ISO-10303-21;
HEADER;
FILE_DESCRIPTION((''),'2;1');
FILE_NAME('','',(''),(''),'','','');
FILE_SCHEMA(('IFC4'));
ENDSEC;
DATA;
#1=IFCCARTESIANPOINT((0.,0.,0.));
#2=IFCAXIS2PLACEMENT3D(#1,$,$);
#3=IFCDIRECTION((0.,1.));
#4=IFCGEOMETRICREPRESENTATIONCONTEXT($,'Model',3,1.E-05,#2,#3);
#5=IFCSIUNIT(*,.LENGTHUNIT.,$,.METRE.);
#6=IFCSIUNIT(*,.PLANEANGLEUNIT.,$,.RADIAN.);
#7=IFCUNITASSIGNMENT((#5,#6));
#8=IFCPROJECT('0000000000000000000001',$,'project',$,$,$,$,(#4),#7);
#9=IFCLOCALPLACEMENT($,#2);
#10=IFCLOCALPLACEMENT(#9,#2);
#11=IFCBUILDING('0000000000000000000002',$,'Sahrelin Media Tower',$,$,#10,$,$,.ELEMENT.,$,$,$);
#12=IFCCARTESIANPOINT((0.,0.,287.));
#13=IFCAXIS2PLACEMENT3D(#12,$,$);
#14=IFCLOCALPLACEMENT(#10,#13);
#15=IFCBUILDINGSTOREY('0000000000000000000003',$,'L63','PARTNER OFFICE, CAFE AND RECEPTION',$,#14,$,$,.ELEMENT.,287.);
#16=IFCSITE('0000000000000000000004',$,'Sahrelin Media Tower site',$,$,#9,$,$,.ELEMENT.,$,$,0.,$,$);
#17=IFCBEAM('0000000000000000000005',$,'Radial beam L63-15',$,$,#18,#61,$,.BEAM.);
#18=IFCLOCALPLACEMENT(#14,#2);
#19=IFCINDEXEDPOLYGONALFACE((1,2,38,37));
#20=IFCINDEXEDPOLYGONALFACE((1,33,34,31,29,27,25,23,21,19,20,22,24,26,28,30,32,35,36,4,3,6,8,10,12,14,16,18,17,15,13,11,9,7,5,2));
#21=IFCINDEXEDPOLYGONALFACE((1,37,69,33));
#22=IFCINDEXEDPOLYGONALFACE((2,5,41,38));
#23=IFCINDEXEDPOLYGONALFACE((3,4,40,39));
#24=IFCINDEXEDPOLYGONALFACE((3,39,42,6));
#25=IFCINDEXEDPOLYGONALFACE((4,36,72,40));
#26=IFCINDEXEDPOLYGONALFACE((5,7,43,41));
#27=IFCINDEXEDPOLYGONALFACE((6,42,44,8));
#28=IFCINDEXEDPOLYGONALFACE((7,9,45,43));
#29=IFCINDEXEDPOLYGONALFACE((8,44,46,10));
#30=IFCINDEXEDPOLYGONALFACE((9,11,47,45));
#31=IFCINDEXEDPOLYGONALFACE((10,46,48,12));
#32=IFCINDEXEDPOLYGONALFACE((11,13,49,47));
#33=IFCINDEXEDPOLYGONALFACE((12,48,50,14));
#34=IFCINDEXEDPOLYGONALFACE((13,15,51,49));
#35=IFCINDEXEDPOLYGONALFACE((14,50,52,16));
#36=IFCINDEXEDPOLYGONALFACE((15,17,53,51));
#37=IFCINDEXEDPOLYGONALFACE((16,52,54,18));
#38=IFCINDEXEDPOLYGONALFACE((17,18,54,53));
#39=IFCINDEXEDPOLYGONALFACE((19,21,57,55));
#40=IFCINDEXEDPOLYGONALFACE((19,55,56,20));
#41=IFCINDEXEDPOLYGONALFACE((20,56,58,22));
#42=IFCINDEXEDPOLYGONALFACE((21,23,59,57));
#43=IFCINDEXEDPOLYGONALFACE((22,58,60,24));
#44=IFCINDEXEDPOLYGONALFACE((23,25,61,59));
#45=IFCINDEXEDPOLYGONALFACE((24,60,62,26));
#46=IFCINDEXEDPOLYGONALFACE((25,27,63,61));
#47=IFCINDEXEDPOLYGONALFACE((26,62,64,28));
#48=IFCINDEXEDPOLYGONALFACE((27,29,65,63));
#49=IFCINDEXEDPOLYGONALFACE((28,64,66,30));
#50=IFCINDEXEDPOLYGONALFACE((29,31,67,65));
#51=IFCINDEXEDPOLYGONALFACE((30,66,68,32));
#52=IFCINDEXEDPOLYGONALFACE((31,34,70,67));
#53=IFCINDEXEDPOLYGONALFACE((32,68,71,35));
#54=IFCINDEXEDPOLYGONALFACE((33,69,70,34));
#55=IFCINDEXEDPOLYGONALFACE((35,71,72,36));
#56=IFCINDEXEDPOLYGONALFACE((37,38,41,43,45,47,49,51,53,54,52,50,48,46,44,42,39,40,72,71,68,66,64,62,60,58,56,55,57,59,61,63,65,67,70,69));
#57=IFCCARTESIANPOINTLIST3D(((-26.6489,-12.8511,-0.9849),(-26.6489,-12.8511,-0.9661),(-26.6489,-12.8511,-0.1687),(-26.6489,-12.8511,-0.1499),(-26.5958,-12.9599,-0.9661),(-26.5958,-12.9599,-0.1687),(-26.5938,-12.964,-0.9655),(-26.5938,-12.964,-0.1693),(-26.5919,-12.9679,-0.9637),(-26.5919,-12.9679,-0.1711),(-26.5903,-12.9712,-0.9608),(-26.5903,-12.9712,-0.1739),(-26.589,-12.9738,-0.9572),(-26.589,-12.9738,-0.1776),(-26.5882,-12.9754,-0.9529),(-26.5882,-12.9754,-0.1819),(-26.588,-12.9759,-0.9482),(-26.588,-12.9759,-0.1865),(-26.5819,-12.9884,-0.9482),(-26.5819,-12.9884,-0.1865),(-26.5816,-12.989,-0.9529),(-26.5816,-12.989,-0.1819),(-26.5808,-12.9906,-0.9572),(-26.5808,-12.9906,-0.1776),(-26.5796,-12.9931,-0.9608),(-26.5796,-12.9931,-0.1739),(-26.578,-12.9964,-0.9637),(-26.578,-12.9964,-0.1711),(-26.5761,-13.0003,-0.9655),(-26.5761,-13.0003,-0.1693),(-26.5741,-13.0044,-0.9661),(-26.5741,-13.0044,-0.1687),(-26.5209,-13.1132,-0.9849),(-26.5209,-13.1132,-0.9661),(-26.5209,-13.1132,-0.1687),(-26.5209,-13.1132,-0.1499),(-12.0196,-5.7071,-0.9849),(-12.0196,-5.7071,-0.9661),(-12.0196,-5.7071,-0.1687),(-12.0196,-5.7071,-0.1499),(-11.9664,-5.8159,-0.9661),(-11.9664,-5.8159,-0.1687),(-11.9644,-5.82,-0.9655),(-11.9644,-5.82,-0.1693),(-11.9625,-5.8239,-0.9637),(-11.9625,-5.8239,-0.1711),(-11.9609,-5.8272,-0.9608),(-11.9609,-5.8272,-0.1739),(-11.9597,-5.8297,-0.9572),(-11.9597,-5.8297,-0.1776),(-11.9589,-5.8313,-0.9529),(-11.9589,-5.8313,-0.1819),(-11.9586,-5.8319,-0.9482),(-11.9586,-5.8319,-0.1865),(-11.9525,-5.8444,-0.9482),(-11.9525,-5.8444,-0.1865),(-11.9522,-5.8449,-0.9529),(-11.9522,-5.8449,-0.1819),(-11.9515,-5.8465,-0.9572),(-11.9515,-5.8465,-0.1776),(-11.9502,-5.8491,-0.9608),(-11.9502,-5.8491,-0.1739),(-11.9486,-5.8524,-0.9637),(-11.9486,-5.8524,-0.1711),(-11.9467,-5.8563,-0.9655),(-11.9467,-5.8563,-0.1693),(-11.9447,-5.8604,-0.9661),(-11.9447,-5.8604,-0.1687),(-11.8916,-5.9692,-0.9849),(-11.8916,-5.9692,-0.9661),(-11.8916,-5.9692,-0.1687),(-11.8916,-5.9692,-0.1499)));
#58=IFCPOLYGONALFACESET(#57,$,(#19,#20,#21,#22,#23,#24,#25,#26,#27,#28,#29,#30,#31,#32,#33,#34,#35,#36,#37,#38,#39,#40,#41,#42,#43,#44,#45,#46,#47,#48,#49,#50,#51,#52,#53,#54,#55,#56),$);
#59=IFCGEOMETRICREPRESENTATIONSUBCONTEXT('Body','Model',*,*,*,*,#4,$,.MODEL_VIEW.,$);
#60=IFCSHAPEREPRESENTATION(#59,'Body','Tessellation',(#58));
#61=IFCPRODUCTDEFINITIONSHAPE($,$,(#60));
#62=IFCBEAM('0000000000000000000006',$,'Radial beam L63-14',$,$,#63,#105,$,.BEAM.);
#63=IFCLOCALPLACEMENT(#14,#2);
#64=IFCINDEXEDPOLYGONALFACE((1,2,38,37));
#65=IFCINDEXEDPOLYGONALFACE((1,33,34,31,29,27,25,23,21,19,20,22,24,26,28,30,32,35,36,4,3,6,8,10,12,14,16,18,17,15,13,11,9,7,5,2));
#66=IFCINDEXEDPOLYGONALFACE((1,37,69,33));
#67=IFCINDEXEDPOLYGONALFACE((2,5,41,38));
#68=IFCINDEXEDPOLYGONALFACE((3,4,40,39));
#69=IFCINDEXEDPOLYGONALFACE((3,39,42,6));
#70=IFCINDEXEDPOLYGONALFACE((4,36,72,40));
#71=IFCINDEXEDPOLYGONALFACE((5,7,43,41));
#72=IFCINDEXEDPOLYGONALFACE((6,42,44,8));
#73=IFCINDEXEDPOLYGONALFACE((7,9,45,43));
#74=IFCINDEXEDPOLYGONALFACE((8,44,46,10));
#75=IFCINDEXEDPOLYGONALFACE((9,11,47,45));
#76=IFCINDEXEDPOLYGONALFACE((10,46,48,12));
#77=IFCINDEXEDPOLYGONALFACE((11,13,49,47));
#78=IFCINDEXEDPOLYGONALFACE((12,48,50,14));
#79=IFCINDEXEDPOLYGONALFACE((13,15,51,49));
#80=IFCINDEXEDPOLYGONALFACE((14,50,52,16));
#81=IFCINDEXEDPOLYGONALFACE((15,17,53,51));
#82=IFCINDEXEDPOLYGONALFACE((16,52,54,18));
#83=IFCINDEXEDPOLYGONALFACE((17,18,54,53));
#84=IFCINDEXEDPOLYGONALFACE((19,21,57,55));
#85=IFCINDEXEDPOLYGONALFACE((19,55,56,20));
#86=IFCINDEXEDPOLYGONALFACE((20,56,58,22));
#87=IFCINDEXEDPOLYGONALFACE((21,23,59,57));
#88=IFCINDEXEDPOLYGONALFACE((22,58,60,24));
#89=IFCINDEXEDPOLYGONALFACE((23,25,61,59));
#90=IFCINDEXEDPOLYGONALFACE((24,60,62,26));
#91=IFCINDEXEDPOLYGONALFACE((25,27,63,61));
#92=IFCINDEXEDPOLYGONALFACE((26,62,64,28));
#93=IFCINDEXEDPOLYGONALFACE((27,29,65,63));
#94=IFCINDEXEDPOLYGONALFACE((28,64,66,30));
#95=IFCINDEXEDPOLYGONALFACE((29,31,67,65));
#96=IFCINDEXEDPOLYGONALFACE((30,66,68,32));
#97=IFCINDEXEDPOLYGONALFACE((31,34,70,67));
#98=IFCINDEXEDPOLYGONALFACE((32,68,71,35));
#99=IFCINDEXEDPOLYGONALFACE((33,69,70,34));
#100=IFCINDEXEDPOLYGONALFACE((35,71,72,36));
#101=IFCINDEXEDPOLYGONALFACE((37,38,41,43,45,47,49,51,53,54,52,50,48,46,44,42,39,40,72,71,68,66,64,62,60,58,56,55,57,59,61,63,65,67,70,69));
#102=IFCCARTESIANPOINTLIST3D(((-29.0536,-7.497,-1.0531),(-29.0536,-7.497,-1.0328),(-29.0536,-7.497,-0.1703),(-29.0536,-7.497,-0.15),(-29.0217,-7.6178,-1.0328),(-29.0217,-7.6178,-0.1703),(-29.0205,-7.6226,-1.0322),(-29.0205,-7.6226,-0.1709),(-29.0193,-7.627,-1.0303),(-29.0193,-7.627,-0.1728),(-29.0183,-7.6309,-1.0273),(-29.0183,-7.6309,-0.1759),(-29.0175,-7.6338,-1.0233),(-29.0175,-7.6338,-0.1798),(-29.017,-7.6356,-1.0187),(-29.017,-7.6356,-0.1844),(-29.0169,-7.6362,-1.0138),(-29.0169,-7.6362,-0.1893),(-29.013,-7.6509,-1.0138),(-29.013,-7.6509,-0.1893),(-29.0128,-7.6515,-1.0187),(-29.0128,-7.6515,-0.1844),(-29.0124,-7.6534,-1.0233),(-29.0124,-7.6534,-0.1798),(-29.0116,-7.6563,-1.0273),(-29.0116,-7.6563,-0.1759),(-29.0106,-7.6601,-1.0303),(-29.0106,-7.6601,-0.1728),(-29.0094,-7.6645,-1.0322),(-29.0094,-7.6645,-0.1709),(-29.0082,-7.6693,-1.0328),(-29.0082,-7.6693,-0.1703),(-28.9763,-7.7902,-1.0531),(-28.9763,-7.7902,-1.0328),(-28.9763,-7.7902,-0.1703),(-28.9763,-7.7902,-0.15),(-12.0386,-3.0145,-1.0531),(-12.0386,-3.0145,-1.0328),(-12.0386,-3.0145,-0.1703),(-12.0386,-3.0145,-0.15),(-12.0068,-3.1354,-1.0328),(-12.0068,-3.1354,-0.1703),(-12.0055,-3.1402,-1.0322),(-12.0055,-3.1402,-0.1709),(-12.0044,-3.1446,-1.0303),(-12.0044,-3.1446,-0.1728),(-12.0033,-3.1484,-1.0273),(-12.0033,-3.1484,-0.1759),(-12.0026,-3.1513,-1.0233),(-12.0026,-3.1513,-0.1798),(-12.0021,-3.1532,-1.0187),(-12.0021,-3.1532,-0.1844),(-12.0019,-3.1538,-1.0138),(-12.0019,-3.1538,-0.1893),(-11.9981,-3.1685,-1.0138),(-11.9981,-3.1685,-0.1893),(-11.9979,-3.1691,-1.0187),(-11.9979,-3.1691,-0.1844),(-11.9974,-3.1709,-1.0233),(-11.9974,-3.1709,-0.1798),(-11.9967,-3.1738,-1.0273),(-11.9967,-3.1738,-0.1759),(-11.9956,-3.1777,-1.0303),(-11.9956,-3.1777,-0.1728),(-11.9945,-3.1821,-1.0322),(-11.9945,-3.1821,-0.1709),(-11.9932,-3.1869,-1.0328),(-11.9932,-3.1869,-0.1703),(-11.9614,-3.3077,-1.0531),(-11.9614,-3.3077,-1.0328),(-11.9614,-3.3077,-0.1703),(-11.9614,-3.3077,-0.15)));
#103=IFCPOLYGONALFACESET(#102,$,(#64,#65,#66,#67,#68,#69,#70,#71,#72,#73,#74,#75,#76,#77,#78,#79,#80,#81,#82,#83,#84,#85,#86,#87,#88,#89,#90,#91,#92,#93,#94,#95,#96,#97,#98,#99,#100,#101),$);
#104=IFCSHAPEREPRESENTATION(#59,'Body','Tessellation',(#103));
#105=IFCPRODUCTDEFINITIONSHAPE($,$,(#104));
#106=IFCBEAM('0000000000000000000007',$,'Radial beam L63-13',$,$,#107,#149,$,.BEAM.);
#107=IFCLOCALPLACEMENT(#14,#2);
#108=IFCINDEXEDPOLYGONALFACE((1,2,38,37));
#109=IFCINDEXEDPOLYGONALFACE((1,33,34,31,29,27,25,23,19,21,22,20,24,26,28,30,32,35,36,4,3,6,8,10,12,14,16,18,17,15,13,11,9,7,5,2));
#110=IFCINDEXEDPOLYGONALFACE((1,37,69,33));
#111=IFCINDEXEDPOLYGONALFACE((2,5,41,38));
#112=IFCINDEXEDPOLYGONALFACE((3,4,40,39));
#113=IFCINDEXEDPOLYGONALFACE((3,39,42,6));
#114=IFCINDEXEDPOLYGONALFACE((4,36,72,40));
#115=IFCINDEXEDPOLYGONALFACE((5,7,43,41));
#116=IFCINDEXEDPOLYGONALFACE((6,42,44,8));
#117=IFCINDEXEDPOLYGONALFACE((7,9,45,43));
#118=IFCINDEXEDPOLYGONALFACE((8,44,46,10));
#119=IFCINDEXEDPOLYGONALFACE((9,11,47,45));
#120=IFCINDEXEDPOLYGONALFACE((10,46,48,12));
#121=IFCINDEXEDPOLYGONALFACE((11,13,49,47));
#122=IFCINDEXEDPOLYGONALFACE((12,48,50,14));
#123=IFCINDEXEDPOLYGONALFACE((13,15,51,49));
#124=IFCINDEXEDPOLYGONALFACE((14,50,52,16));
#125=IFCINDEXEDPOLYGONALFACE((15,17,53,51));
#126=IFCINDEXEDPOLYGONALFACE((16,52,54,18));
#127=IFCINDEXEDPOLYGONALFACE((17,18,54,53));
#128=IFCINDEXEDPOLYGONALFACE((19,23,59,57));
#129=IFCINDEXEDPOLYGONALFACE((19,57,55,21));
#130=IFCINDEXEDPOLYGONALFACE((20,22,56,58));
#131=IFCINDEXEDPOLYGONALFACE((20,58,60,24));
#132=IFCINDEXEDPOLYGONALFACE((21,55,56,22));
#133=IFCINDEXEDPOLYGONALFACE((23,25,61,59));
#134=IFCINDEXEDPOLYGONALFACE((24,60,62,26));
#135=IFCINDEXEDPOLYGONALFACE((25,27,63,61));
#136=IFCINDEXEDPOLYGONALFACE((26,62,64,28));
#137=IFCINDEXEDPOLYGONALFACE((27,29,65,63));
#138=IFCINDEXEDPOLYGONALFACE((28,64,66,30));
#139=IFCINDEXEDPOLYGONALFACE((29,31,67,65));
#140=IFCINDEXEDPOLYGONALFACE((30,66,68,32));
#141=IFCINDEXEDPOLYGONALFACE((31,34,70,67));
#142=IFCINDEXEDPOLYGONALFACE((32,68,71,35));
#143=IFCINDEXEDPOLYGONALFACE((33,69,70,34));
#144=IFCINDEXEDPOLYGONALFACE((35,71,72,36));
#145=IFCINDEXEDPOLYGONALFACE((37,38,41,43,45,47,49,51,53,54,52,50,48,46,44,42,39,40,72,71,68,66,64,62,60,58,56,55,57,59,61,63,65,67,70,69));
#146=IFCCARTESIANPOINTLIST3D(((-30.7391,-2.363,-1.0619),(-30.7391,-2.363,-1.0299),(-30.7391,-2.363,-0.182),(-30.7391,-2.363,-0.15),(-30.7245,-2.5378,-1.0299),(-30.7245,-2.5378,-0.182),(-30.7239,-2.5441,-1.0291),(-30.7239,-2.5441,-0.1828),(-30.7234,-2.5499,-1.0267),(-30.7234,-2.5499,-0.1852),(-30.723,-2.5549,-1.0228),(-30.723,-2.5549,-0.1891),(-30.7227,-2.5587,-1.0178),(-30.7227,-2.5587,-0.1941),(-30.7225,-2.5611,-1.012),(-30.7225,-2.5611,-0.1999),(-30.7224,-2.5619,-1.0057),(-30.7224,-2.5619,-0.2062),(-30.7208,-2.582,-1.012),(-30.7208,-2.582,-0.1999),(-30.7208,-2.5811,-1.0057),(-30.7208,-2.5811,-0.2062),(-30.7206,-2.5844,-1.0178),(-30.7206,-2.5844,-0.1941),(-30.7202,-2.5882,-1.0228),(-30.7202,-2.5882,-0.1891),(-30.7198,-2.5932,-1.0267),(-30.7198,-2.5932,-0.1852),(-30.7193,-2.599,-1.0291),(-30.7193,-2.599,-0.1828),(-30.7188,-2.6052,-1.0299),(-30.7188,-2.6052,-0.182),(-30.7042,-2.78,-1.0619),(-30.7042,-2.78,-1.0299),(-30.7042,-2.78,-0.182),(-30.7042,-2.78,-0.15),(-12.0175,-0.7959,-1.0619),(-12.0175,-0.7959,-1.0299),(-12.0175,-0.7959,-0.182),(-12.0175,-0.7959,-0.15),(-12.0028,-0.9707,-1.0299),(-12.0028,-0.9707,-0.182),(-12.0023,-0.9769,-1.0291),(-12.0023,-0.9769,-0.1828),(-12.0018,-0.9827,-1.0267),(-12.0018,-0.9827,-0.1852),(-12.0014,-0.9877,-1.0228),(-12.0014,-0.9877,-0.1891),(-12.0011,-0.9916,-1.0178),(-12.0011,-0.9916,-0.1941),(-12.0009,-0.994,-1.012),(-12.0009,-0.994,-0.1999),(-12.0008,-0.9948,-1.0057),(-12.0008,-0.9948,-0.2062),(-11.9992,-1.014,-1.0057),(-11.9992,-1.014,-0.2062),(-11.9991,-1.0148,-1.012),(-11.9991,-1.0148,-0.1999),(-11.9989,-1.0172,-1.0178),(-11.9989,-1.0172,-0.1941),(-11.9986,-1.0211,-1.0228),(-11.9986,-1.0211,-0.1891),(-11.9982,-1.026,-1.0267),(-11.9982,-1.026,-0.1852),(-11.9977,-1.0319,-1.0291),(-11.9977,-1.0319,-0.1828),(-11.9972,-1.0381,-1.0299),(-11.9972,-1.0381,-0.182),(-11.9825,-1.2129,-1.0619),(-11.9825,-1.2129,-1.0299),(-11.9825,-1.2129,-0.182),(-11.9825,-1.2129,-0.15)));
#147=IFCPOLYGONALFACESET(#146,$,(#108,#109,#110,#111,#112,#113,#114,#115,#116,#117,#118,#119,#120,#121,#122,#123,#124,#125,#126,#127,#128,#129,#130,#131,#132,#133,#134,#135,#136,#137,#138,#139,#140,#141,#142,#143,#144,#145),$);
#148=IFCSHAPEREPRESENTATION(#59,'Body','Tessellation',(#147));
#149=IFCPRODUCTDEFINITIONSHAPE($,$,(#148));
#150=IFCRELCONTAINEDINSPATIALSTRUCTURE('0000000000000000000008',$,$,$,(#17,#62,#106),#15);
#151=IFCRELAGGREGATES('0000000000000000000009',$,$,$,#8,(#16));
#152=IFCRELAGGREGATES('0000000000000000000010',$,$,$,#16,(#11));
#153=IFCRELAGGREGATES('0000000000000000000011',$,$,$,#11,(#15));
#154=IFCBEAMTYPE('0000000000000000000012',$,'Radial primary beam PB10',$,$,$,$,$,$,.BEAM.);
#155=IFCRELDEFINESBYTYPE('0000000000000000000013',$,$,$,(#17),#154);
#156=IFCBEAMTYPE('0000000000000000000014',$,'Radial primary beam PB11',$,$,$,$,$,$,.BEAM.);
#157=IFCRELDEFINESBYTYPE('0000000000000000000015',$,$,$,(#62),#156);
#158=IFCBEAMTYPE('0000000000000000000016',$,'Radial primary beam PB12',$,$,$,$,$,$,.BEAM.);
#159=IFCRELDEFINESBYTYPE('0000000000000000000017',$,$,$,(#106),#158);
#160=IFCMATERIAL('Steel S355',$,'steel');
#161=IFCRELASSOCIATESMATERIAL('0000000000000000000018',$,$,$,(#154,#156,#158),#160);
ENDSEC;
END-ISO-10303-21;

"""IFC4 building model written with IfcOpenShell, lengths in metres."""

from ifc_helpers import new_model, si_unit, direction, frame, origin, origin_2d, place, context, subcontext, project, spatial, i_section, extrude, material, material_profile, profile_set, type_object, element, save


model = new_model("IFC4")

# Units and contexts
model_context = context("Model", 3, precision=1e-05, world=origin(), true_north=direction((0.0, 1.0)))
body_context = subcontext(model_context, "Body", "Model", "MODEL_VIEW")
ifc_project = project(units=[si_unit("LENGTHUNIT", "METRE"), si_unit("PLANEANGLEUNIT", "RADIAN")], contexts=[model_context])

# Site, building, storey
site_placement = place(None, origin())
site = spatial("IfcSite", under=ifc_project, at=site_placement, Name="Sahrelin Media Tower site", CompositionType="ELEMENT", RefElevation=0.0)
building_placement = place(site_placement, origin())
building = spatial("IfcBuilding", under=site, at=building_placement, Name="Sahrelin Media Tower", CompositionType="ELEMENT")
storey_placement = place(building_placement, frame((0.0, 0.0, 287.0)))
storey = spatial("IfcBuildingStorey", under=building, at=storey_placement, Name="L63", Description="PARTNER OFFICE, CAFE AND RECEPTION", CompositionType="ELEMENT", Elevation=287.0)

# Beams
ifc_material_1 = material(Name="Steel S355", Category="steel")
ifc_material_profile_1 = material_profile(ifc_material_1, i_section(OverallWidth=0.2917, OverallDepth=0.835, WebThickness=0.0139, FlangeThickness=0.0188, FilletRadius=0.0178, at=origin_2d()), Name="UB 838x292x176")
ifc_profile_set_1 = profile_set([ifc_material_profile_1], Name="Steel S355")
beam_type_1 = type_object("IfcBeamType", Name="Radial primary beam PB10", PredefinedType="BEAM", material=ifc_profile_set_1)
beam_1_placement = place(storey_placement, frame((-11.9556, -5.8381, -0.5674), z_axis=(-0.898581, -0.438808, 0.0), x_axis=(0.438808, -0.898581, 0.0)))
element("IfcBeam", 1, at=beam_1_placement, inside=storey, type_object=beam_type_1, Name="Radial beam L63-15", PredefinedType="BEAM", context=body_context, shape_type="SweptSolid", body=[
    extrude(i_section(OverallWidth=0.2917, OverallDepth=0.835, WebThickness=0.0139, FlangeThickness=0.0188, FilletRadius=0.0178, at=origin_2d()), origin(), (0.0, 0.0, 1.0), 16.2805),
])
ifc_material_profile_2 = material_profile(ifc_material_1, i_section(OverallWidth=0.3032, OverallDepth=0.9031, WebThickness=0.0151, FlangeThickness=0.0203, FilletRadius=0.019, at=origin_2d()), Name="UB 914x305x201")
ifc_profile_set_2 = profile_set([ifc_material_profile_2], Name="Steel S355")
beam_type_2 = type_object("IfcBeamType", Name="Radial primary beam PB11", PredefinedType="BEAM", material=ifc_profile_set_2)
beam_2_placement = place(storey_placement, frame((-12.0, -3.1611, -0.6016), z_axis=(-0.967007, -0.254749, 0.0), x_axis=(0.254749, -0.967007, 0.0)))
element("IfcBeam", 2, at=beam_2_placement, inside=storey, type_object=beam_type_2, Name="Radial beam L63-14", PredefinedType="BEAM", context=body_context, shape_type="SweptSolid", body=[
    extrude(i_section(OverallWidth=0.3032, OverallDepth=0.9031, WebThickness=0.0151, FlangeThickness=0.0203, FilletRadius=0.019, at=origin_2d()), origin(), (0.0, 0.0, 1.0), 17.5955),
])
ifc_material_profile_3 = material_profile(ifc_material_1, i_section(OverallWidth=0.4185, OverallDepth=0.9119, WebThickness=0.0193, FlangeThickness=0.032, FilletRadius=0.0242, at=origin_2d()), Name="UB 914x419x343")
ifc_profile_set_3 = profile_set([ifc_material_profile_3], Name="Steel S355")
beam_type_3 = type_object("IfcBeamType", Name="Radial primary beam PB12", PredefinedType="BEAM", material=ifc_profile_set_3)
beam_3_placement = place(storey_placement, frame((-12.0, -1.0044, -0.606), z_axis=(-0.996515, -0.083415, 0.0), x_axis=(0.083415, -0.996515, 0.0)))
element("IfcBeam", 3, at=beam_3_placement, inside=storey, type_object=beam_type_3, Name="Radial beam L63-13", PredefinedType="BEAM", context=body_context, shape_type="SweptSolid", body=[
    extrude(i_section(OverallWidth=0.4185, OverallDepth=0.9119, WebThickness=0.0193, FlangeThickness=0.032, FilletRadius=0.0242, at=origin_2d()), origin(), (0.0, 0.0, 1.0), 18.7871),
])

save(model, "model.ifc")
